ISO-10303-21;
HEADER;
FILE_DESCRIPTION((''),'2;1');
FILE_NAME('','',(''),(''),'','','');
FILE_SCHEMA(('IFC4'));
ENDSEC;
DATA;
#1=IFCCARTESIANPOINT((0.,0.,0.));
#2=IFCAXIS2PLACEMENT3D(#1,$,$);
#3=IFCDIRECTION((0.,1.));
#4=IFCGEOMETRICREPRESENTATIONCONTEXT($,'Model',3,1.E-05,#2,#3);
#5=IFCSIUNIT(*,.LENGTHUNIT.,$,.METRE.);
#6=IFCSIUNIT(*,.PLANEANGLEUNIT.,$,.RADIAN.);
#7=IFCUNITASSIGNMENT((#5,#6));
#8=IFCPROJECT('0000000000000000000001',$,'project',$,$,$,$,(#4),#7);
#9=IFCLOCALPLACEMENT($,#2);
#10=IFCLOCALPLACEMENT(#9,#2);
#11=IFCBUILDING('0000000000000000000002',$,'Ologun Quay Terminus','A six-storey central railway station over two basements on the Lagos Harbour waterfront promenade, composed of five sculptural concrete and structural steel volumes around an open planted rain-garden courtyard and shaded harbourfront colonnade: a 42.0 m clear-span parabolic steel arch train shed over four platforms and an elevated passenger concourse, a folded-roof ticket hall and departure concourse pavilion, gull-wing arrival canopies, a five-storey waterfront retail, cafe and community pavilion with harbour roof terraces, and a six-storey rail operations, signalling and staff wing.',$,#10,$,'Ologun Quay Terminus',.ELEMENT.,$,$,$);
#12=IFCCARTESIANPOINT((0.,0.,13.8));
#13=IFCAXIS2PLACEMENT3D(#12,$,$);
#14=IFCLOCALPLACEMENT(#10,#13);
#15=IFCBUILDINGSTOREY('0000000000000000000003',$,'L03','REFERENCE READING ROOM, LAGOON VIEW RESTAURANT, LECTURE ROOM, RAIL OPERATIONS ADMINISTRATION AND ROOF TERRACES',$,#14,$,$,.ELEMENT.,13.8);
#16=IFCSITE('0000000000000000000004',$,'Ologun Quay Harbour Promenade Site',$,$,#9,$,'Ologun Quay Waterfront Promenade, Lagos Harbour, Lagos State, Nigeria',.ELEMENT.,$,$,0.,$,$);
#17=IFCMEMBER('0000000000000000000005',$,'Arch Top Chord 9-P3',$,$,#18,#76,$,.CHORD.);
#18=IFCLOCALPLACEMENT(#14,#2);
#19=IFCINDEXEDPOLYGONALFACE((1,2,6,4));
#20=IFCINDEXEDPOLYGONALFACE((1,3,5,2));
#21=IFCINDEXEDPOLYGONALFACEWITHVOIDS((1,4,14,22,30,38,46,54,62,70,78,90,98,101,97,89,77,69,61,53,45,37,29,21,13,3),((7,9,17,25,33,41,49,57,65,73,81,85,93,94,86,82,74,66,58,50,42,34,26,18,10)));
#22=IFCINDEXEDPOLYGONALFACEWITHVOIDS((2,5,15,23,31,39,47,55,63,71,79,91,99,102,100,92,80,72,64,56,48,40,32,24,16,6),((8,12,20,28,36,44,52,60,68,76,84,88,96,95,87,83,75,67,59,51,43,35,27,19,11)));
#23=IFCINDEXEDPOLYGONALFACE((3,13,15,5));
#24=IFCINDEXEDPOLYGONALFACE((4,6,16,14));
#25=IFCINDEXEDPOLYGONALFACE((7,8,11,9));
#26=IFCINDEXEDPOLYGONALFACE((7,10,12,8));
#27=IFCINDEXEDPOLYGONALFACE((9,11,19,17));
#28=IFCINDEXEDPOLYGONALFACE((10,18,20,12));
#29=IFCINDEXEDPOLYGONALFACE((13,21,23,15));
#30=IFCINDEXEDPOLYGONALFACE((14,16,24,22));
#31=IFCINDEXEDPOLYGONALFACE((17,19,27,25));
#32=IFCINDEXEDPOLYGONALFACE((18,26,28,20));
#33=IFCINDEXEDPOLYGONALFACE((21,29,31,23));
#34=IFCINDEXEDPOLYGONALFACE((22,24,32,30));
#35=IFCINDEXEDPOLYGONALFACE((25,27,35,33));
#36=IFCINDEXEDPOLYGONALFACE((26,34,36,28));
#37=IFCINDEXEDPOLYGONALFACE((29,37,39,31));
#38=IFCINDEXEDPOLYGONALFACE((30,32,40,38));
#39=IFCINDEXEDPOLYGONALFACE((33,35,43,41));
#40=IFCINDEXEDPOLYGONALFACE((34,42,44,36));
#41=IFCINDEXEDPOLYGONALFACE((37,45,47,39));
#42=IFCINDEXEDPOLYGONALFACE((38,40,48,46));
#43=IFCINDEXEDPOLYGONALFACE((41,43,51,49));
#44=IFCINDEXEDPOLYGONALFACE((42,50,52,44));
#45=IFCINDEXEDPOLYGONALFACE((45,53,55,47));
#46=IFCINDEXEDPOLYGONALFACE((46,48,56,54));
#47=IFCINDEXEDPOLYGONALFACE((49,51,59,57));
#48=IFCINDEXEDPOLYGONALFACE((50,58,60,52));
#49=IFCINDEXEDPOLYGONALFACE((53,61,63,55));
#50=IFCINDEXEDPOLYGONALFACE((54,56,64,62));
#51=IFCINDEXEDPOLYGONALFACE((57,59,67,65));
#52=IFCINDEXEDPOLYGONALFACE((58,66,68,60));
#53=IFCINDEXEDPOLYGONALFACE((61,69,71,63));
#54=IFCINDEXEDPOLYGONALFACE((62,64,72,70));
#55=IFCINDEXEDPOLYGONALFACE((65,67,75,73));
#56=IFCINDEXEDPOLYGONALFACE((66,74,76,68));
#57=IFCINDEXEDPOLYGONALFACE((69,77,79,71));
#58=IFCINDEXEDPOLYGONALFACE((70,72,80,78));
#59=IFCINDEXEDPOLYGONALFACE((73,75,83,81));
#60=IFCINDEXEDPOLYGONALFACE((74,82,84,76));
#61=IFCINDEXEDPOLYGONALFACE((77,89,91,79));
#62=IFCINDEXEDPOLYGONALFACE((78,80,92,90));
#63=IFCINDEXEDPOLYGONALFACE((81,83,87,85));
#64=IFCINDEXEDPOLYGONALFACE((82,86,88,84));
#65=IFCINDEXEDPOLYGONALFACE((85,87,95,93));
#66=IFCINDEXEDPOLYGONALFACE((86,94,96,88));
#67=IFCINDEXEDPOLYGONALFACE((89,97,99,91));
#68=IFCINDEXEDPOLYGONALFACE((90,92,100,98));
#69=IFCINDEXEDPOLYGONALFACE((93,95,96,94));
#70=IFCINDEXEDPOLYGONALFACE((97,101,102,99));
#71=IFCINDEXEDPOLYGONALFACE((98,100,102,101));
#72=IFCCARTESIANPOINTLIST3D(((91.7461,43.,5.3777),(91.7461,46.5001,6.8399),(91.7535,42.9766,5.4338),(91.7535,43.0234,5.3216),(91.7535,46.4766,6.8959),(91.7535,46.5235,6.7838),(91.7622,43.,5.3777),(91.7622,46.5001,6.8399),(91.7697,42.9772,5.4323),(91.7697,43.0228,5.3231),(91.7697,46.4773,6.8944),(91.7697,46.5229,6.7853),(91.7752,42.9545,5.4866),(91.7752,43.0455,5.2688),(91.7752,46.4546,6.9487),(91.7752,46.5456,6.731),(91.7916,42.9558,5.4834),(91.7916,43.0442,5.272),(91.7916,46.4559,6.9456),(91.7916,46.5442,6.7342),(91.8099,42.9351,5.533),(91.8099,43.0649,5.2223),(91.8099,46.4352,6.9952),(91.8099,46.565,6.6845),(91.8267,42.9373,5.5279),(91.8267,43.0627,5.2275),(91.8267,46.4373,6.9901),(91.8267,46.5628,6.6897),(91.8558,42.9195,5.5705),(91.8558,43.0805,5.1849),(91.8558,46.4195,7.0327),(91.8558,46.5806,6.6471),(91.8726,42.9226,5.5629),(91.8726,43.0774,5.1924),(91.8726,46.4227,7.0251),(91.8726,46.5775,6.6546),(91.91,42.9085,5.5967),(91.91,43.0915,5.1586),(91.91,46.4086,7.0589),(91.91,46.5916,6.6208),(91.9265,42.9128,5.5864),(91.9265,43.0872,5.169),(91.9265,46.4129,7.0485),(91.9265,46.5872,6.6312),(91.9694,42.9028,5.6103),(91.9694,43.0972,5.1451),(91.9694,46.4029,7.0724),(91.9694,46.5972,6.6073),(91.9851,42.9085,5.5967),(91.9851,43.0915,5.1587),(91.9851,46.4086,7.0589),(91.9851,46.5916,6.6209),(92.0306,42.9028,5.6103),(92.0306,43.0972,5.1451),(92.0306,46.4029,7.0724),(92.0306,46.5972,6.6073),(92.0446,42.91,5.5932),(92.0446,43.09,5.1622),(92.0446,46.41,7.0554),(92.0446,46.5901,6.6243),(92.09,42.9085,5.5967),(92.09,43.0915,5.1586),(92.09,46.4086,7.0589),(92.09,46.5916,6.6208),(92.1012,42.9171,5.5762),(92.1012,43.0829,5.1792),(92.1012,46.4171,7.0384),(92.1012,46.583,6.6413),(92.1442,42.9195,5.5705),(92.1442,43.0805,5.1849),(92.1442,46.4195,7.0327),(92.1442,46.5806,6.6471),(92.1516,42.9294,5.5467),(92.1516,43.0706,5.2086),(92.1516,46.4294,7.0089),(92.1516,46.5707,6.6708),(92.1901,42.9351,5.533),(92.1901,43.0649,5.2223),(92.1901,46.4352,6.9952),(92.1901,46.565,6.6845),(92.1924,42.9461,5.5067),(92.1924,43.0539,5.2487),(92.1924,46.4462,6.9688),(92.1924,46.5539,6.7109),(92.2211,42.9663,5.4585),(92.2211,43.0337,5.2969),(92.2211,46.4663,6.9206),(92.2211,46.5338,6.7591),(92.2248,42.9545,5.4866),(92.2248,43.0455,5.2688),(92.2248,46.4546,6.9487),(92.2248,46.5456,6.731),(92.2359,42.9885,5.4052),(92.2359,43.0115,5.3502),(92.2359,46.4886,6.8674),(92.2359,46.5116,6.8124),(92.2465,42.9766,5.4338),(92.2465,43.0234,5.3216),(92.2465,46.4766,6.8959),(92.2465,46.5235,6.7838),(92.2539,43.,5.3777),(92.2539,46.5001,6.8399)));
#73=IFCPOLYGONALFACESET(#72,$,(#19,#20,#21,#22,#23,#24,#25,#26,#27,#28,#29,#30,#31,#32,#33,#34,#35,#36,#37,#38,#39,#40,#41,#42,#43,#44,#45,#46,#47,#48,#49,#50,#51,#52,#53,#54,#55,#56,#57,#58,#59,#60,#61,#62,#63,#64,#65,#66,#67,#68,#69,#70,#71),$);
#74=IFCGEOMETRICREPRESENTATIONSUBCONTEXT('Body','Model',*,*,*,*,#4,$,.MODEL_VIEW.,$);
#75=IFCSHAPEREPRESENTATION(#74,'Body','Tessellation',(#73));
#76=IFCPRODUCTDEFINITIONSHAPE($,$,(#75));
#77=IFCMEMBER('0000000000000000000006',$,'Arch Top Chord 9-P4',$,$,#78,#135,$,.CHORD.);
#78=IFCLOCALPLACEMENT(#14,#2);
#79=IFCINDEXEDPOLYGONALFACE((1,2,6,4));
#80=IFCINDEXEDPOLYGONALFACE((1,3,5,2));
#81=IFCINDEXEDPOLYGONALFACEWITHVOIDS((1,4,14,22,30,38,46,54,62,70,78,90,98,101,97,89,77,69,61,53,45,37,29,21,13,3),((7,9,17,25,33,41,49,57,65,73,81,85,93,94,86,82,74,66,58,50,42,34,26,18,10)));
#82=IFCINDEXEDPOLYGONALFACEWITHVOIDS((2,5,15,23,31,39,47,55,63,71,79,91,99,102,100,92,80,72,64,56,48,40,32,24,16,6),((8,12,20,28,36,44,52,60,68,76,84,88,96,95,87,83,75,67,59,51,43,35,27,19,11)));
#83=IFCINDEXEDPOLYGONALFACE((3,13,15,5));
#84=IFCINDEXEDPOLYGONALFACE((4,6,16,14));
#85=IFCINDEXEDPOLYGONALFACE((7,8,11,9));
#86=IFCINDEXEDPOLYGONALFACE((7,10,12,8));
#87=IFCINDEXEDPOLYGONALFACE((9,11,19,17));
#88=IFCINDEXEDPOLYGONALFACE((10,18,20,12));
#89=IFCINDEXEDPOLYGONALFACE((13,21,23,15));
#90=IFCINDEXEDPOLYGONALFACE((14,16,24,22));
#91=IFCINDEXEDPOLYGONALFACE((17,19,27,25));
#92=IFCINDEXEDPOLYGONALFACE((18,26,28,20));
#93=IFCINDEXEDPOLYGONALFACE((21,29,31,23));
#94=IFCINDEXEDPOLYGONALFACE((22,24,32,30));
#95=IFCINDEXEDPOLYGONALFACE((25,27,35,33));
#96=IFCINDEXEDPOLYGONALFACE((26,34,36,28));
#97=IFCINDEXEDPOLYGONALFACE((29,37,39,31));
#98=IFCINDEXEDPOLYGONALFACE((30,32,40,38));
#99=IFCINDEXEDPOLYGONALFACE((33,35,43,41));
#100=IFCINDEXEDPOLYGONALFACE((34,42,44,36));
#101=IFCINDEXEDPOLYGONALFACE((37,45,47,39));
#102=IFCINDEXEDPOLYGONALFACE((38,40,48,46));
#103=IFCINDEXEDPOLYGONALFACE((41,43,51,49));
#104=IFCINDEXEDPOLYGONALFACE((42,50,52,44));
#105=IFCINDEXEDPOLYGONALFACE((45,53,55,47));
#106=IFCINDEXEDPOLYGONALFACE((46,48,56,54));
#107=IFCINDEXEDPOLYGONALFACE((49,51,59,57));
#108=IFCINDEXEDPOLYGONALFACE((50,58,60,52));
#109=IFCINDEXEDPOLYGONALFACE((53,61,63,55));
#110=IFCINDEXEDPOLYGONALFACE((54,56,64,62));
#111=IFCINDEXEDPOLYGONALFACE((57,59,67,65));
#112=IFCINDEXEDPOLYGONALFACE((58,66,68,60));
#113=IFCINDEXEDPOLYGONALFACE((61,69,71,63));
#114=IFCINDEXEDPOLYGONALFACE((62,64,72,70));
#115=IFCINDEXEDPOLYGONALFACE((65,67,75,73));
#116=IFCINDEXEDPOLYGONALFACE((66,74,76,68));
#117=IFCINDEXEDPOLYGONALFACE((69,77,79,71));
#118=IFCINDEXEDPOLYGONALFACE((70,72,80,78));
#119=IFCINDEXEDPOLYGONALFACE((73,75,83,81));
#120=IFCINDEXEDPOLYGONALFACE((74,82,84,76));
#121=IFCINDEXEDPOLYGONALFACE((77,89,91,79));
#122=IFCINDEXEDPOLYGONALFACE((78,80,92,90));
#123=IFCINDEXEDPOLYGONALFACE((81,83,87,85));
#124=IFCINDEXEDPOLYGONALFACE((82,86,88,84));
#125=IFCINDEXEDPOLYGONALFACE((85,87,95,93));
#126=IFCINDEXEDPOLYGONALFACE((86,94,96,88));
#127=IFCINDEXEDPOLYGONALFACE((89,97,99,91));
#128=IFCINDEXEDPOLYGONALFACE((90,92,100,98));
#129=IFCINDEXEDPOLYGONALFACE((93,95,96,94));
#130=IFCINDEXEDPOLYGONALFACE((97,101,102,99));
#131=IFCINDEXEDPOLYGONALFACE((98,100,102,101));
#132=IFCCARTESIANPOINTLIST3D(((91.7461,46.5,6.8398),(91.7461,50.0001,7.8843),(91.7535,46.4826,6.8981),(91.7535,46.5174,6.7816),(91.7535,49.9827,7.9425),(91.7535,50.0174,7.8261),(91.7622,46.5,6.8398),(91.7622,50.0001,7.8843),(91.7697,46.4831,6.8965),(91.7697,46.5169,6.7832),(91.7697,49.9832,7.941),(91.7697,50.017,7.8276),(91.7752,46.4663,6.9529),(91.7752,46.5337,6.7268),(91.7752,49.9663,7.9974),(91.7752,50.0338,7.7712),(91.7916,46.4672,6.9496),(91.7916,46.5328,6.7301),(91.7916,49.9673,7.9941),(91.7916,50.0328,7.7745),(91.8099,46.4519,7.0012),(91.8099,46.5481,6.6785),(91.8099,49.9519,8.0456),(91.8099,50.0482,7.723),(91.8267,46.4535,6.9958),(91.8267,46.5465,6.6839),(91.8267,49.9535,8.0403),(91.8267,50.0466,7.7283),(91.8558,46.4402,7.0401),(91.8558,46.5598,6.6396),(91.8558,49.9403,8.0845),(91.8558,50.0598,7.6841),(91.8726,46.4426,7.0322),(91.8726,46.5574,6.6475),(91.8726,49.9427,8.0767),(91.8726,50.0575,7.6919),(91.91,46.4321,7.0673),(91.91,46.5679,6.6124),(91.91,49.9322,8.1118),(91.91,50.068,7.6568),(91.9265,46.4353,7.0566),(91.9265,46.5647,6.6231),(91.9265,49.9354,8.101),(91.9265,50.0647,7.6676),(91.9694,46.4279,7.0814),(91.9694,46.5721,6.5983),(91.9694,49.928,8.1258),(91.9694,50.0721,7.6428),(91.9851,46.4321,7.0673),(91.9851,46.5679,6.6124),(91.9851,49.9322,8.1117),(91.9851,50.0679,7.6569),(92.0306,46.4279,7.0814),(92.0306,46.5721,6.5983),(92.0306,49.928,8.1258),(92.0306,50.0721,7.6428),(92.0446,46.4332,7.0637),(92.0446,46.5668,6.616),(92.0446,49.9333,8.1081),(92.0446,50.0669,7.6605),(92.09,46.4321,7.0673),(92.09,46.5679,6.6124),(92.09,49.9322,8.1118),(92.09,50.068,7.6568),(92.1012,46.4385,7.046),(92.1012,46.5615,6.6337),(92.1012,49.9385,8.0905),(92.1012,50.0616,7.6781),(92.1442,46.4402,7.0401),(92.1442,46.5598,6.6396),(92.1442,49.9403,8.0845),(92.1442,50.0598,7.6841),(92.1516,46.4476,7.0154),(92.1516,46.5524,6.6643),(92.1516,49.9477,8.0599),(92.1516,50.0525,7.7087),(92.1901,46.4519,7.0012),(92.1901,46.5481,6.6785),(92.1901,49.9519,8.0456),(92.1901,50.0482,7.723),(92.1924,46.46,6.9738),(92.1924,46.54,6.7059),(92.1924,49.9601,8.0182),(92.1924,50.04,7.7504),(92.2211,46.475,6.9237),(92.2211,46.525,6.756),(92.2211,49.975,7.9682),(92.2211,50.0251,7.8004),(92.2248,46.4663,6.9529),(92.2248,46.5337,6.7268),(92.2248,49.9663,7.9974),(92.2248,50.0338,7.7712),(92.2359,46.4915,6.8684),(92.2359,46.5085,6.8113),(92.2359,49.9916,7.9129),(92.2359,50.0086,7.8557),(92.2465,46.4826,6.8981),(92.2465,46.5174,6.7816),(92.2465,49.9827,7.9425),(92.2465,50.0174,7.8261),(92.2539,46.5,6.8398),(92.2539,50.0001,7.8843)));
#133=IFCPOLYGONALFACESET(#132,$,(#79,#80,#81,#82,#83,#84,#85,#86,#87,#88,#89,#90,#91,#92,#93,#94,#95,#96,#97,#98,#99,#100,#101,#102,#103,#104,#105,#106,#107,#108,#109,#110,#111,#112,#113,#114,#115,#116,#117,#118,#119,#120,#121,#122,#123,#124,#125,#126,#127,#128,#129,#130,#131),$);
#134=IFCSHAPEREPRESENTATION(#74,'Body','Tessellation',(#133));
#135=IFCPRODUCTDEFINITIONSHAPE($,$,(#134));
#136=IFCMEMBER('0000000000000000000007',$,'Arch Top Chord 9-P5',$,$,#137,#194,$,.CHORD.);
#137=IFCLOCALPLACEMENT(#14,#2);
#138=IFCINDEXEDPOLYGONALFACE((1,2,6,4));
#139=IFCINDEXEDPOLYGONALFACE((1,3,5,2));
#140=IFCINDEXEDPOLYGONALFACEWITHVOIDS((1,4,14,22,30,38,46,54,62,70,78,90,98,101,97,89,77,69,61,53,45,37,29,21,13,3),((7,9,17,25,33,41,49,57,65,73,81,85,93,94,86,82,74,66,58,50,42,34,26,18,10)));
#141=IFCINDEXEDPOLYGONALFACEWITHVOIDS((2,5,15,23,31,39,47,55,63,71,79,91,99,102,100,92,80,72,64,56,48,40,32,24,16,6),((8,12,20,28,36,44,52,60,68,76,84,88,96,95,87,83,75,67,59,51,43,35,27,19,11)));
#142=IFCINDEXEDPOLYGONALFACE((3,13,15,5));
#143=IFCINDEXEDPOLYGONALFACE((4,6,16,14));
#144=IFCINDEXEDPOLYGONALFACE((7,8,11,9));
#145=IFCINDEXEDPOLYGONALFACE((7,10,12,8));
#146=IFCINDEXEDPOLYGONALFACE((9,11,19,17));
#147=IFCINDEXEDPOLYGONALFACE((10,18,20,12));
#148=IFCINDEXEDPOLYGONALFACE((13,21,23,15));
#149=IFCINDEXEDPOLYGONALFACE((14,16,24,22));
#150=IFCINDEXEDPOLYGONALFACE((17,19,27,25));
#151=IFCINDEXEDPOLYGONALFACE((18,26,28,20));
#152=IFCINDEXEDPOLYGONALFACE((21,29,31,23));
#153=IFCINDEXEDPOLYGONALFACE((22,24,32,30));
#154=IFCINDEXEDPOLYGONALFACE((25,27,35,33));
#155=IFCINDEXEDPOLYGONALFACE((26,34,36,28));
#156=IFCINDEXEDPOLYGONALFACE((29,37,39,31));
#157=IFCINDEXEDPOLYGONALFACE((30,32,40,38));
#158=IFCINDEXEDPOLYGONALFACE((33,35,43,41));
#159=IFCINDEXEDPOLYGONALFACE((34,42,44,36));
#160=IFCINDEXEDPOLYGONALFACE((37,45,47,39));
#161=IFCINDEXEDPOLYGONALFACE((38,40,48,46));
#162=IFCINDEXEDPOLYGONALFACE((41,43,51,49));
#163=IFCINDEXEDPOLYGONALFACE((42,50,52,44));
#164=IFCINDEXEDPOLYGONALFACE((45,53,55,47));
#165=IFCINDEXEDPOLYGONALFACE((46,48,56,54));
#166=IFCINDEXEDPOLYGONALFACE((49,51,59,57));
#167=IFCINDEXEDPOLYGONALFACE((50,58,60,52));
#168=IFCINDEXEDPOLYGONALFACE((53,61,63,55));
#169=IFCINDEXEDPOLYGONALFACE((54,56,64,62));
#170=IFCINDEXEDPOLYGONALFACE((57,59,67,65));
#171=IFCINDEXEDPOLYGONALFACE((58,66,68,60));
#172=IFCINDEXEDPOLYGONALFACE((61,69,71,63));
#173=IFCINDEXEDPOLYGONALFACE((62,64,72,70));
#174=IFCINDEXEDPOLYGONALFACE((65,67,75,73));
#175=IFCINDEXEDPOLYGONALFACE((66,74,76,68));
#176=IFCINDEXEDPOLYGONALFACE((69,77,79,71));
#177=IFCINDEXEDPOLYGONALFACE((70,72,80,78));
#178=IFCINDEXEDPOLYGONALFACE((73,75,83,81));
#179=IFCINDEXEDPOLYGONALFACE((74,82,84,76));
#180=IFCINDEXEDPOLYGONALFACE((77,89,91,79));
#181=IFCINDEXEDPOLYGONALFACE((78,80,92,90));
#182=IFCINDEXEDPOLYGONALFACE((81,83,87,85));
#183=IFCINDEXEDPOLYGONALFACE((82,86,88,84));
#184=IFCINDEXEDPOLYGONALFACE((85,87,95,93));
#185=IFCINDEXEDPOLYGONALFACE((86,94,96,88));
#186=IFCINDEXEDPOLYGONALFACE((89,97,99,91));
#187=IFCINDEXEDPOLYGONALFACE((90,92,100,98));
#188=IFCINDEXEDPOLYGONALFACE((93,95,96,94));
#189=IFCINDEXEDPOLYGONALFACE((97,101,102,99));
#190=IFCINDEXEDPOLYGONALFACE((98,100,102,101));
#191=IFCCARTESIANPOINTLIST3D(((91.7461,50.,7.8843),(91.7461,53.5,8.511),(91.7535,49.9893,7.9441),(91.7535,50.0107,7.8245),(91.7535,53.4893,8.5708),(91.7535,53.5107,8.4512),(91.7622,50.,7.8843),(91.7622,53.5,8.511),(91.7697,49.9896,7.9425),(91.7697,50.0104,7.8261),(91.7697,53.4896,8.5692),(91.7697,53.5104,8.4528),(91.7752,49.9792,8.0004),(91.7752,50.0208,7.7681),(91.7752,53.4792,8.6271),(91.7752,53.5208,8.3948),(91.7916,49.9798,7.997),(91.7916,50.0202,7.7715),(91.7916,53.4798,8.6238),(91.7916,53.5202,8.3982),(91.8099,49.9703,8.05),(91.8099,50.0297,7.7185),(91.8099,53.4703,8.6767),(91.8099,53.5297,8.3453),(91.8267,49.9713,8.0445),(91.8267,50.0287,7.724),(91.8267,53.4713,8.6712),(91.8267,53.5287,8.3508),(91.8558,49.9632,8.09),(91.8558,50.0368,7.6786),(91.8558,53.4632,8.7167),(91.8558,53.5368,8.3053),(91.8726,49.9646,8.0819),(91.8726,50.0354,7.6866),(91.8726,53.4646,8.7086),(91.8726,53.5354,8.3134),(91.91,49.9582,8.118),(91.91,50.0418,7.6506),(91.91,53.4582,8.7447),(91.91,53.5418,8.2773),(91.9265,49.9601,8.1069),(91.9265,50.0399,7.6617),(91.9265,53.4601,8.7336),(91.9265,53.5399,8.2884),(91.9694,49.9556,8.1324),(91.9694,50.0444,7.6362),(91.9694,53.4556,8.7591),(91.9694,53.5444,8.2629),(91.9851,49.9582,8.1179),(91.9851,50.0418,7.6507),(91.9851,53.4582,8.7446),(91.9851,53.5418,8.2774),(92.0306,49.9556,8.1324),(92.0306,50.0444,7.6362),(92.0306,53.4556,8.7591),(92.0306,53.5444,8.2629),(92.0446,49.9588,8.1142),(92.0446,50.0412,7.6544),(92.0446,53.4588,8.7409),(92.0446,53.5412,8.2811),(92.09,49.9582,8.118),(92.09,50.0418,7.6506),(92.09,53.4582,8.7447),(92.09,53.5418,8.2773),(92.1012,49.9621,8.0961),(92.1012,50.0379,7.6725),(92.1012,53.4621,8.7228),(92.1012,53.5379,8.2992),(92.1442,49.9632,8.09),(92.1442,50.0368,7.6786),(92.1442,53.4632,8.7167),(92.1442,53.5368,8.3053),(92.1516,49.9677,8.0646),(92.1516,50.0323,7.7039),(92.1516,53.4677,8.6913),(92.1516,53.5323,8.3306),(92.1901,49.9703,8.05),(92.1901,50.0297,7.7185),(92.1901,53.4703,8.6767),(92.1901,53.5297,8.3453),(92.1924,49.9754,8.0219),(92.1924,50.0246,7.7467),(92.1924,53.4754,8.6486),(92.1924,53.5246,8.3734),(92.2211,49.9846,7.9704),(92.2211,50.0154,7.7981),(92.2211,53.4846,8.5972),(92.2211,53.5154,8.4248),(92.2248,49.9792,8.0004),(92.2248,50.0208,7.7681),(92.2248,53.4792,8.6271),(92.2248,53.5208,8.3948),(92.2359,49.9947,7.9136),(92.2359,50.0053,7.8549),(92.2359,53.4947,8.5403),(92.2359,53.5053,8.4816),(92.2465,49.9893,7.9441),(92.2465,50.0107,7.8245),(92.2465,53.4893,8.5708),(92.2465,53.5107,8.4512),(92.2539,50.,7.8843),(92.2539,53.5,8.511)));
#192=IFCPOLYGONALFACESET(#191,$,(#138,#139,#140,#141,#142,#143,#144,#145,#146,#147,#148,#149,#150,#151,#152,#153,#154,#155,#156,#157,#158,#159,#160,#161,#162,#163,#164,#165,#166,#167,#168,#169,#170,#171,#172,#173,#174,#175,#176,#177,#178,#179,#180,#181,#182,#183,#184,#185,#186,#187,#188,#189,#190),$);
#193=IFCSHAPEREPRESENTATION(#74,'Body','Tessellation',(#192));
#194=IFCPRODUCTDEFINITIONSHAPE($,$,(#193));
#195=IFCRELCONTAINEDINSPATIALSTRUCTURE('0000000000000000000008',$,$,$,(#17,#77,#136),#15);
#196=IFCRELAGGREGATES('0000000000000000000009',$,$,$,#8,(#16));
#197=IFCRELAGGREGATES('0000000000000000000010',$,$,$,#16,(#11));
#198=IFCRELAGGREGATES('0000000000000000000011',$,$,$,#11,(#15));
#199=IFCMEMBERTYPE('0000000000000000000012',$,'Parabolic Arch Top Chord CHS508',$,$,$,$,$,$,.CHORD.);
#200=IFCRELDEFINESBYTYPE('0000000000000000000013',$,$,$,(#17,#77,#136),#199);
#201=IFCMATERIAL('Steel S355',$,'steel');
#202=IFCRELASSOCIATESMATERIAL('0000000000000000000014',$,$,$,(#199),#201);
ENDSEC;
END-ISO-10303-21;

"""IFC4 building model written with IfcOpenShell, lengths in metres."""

from ifc_helpers import new_model, si_unit, direction, frame, origin, origin_2d, place, context, subcontext, project, spatial, hollow_circle, extrude, material, material_profile, profile_set, type_object, element, save


model = new_model("IFC4")

# Units and contexts
model_context = context("Model", 3, precision=1e-05, world=origin(), true_north=direction((0.0, 1.0)))
body_context = subcontext(model_context, "Body", "Model", "MODEL_VIEW")
ifc_project = project(units=[si_unit("LENGTHUNIT", "METRE"), si_unit("PLANEANGLEUNIT", "RADIAN")], contexts=[model_context])

# Site, building, storey
site_placement = place(None, origin())
site = spatial("IfcSite", under=ifc_project, at=site_placement, Name="Ologun Quay Harbour Promenade Site", LongName="Ologun Quay Waterfront Promenade, Lagos Harbour, Lagos State, Nigeria", CompositionType="ELEMENT", RefElevation=0.0)
building_placement = place(site_placement, origin())
building = spatial("IfcBuilding", under=site, at=building_placement, Name="Ologun Quay Terminus", Description="A six-storey central railway station over two basements on the Lagos Harbour waterfront promenade, composed of five sculptural concrete and structural steel volumes around an open planted rain-garden courtyard and shaded harbourfront colonnade: a 42.0 m clear-span parabolic steel arch train shed over four platforms and an elevated passenger concourse, a folded-roof ticket hall and departure concourse pavilion, gull-wing arrival canopies, a five-storey waterfront retail, cafe and community pavilion with harbour roof terraces, and a six-storey rail operations, signalling and staff wing.", LongName="Ologun Quay Terminus", CompositionType="ELEMENT")
storey_placement = place(building_placement, frame((0.0, 0.0, 13.8)))
storey = spatial("IfcBuildingStorey", under=building, at=storey_placement, Name="L03", Description="REFERENCE READING ROOM, LAGOON VIEW RESTAURANT, LECTURE ROOM, RAIL OPERATIONS ADMINISTRATION AND ROOF TERRACES", CompositionType="ELEMENT", Elevation=13.8)

# Members
ifc_material_1 = material(Name="Steel S355", Category="steel")
ifc_material_profile_1 = material_profile(ifc_material_1, hollow_circle(Radius=0.2539, WallThickness=0.0161, at=origin_2d()), Name="CHS 508x16")
ifc_profile_set_1 = profile_set([ifc_material_profile_1], Name="Steel S355")
member_type_1 = type_object("IfcMemberType", Name="Parabolic Arch Top Chord CHS508", PredefinedType="CHORD", material=ifc_profile_set_1)
member_1_placement = place(storey_placement, frame((92.0, 43.0, 5.3777), z_axis=(0.0, 0.922719, 0.385474), x_axis=(-1.0, 0.0, 0.0)))
element("IfcMember", 1, at=member_1_placement, inside=storey, type_object=member_type_1, Name="Arch Top Chord 9-P3", PredefinedType="CHORD", context=body_context, shape_type="SweptSolid", body=[
    extrude(hollow_circle(Radius=0.2539, WallThickness=0.0161, at=origin_2d()), origin(), (0.0, 0.0, 1.0), 3.7932),
])
member_2_placement = place(storey_placement, frame((92.0, 46.5, 6.8398), z_axis=(0.0, 0.958245, 0.285949), x_axis=(-1.0, 0.0, 0.0)))
element("IfcMember", 2, at=member_2_placement, inside=storey, type_object=member_type_1, Name="Arch Top Chord 9-P4", PredefinedType="CHORD", context=body_context, shape_type="SweptSolid", body=[
    extrude(hollow_circle(Radius=0.2539, WallThickness=0.0161, at=origin_2d()), origin(), (0.0, 0.0, 1.0), 3.6526),
])
member_3_placement = place(storey_placement, frame((92.0, 50.0, 7.8843), z_axis=(0.0, 0.984344, 0.176256), x_axis=(-1.0, 0.0, 0.0)))
element("IfcMember", 3, at=member_3_placement, inside=storey, type_object=member_type_1, Name="Arch Top Chord 9-P5", PredefinedType="CHORD", context=body_context, shape_type="SweptSolid", body=[
    extrude(hollow_circle(Radius=0.2539, WallThickness=0.0161, at=origin_2d()), origin(), (0.0, 0.0, 1.0), 3.5557),
])

save(model, "model.ifc")
